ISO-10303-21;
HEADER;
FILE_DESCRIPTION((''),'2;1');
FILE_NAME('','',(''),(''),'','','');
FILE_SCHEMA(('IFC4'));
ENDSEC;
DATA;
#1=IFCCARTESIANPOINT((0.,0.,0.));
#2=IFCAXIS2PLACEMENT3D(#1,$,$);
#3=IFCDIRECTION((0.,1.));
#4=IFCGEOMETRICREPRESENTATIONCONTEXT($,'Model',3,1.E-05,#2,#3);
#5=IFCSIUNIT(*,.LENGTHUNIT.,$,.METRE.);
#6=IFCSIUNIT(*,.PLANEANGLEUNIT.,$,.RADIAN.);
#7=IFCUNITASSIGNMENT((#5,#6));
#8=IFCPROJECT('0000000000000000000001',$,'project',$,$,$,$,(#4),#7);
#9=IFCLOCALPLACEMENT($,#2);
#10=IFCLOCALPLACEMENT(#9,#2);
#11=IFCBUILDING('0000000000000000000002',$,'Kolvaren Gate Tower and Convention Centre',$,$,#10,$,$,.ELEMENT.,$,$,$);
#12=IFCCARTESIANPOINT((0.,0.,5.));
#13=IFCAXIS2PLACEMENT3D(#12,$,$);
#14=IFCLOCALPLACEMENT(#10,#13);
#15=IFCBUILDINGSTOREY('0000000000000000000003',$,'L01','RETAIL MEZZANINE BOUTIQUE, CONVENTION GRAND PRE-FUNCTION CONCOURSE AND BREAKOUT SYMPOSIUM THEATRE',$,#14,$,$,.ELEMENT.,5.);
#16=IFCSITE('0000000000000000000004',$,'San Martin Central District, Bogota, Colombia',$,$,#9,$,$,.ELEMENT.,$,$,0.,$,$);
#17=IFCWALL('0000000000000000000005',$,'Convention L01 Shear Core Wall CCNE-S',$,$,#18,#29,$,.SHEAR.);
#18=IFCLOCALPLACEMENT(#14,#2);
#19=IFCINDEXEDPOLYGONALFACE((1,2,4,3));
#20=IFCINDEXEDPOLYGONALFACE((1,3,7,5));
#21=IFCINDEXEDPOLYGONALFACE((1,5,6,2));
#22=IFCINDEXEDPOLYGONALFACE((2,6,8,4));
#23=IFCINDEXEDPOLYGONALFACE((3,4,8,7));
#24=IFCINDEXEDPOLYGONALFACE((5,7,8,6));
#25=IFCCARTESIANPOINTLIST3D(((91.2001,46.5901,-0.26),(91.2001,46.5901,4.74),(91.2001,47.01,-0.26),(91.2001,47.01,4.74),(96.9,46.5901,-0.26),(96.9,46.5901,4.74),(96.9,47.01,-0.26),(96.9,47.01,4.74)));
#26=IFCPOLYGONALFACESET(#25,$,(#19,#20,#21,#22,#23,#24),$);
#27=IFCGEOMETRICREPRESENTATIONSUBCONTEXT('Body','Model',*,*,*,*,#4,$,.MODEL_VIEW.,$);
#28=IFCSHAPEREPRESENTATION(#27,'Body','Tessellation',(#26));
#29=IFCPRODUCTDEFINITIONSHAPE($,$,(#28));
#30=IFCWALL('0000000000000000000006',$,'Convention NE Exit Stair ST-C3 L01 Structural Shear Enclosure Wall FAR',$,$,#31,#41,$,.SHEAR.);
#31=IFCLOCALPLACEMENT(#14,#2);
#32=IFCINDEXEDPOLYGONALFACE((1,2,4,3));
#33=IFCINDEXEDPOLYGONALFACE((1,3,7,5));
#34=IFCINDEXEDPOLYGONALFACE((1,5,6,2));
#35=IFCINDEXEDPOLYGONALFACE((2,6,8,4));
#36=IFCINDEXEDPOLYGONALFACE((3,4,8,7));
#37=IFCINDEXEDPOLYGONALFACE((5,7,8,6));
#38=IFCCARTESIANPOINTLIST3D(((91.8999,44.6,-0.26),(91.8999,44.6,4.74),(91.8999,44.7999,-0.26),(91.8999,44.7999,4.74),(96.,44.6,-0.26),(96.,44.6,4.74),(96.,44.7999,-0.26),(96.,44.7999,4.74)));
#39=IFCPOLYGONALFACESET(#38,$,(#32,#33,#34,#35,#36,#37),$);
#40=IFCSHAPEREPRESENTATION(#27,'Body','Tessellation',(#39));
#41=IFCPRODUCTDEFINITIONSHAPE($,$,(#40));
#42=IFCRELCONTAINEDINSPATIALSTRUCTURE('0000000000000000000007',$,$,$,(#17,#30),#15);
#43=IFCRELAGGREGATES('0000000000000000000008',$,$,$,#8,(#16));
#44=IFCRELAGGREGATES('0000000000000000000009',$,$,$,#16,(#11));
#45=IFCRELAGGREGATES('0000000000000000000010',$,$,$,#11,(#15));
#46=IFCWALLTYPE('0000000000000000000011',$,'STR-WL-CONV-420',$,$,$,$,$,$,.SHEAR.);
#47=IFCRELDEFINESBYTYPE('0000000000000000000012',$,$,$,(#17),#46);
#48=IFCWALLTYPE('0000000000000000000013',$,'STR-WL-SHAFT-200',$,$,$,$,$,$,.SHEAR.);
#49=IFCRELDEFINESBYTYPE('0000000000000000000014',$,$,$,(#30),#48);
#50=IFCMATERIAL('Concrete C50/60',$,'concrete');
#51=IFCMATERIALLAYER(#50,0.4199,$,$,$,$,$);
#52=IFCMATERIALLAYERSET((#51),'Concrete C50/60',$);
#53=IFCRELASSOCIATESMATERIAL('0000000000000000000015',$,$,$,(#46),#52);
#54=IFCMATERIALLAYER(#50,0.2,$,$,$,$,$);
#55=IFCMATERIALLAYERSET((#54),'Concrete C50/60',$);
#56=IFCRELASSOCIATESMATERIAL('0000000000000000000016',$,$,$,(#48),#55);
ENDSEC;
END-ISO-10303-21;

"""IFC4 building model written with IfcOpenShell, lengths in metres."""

from ifc_helpers import new_model, si_unit, direction, frame, frame_2d, origin, place, context, subcontext, project, spatial, rectangle, extrude, material, layer, layer_set, type_object, element, save


model = new_model("IFC4")

# Units and contexts
model_context = context("Model", 3, precision=1e-05, world=origin(), true_north=direction((0.0, 1.0)))
body_context = subcontext(model_context, "Body", "Model", "MODEL_VIEW")
ifc_project = project(units=[si_unit("LENGTHUNIT", "METRE"), si_unit("PLANEANGLEUNIT", "RADIAN")], contexts=[model_context])

# Site, building, storey
site_placement = place(None, origin())
site = spatial("IfcSite", under=ifc_project, at=site_placement, Name="San Martin Central District, Bogota, Colombia", CompositionType="ELEMENT", RefElevation=0.0)
building_placement = place(site_placement, origin())
building = spatial("IfcBuilding", under=site, at=building_placement, Name="Kolvaren Gate Tower and Convention Centre", CompositionType="ELEMENT")
storey_placement = place(building_placement, frame((0.0, 0.0, 5.0)))
storey = spatial("IfcBuildingStorey", under=building, at=storey_placement, Name="L01", Description="RETAIL MEZZANINE BOUTIQUE, CONVENTION GRAND PRE-FUNCTION CONCOURSE AND BREAKOUT SYMPOSIUM THEATRE", CompositionType="ELEMENT", Elevation=5.0)

# Walls
ifc_material_1 = material(Name="Concrete C50/60", Category="concrete")
ifc_layer_1 = layer(ifc_material_1, 0.4199)
ifc_layer_set_1 = layer_set([ifc_layer_1], Name="Concrete C50/60")
wall_type_1 = type_object("IfcWallType", Name="STR-WL-CONV-420", PredefinedType="SHEAR", material=ifc_layer_set_1)
wall_1_placement = place(storey_placement, frame((91.2, 46.8, -0.26), z_axis=(0.0, 0.0, 1.0), x_axis=(1.0, 0.0, 0.0)))
element("IfcWall", 1, at=wall_1_placement, inside=storey, type_object=wall_type_1, Name="Convention L01 Shear Core Wall CCNE-S", PredefinedType="SHEAR", context=body_context, shape_type="SweptSolid", body=[
    extrude(rectangle(XDim=5.7, YDim=0.4199, at=frame_2d((2.8501, 0.0))), origin(), (0.0, 0.0, 1.0), 5.0),
])
ifc_layer_2 = layer(ifc_material_1, 0.2)
ifc_layer_set_2 = layer_set([ifc_layer_2], Name="Concrete C50/60")
wall_type_2 = type_object("IfcWallType", Name="STR-WL-SHAFT-200", PredefinedType="SHEAR", material=ifc_layer_set_2)
wall_2_placement = place(storey_placement, frame((91.8999, 44.7, -0.26), z_axis=(0.0, 0.0, 1.0), x_axis=(1.0, 0.0, 0.0)))
element("IfcWall", 2, at=wall_2_placement, inside=storey, type_object=wall_type_2, Name="Convention NE Exit Stair ST-C3 L01 Structural Shear Enclosure Wall FAR", PredefinedType="SHEAR", context=body_context, shape_type="SweptSolid", body=[
    extrude(rectangle(XDim=4.1001, YDim=0.2, at=frame_2d((2.05, 0.0))), origin(), (0.0, 0.0, 1.0), 5.0),
])

save(model, "model.ifc")
